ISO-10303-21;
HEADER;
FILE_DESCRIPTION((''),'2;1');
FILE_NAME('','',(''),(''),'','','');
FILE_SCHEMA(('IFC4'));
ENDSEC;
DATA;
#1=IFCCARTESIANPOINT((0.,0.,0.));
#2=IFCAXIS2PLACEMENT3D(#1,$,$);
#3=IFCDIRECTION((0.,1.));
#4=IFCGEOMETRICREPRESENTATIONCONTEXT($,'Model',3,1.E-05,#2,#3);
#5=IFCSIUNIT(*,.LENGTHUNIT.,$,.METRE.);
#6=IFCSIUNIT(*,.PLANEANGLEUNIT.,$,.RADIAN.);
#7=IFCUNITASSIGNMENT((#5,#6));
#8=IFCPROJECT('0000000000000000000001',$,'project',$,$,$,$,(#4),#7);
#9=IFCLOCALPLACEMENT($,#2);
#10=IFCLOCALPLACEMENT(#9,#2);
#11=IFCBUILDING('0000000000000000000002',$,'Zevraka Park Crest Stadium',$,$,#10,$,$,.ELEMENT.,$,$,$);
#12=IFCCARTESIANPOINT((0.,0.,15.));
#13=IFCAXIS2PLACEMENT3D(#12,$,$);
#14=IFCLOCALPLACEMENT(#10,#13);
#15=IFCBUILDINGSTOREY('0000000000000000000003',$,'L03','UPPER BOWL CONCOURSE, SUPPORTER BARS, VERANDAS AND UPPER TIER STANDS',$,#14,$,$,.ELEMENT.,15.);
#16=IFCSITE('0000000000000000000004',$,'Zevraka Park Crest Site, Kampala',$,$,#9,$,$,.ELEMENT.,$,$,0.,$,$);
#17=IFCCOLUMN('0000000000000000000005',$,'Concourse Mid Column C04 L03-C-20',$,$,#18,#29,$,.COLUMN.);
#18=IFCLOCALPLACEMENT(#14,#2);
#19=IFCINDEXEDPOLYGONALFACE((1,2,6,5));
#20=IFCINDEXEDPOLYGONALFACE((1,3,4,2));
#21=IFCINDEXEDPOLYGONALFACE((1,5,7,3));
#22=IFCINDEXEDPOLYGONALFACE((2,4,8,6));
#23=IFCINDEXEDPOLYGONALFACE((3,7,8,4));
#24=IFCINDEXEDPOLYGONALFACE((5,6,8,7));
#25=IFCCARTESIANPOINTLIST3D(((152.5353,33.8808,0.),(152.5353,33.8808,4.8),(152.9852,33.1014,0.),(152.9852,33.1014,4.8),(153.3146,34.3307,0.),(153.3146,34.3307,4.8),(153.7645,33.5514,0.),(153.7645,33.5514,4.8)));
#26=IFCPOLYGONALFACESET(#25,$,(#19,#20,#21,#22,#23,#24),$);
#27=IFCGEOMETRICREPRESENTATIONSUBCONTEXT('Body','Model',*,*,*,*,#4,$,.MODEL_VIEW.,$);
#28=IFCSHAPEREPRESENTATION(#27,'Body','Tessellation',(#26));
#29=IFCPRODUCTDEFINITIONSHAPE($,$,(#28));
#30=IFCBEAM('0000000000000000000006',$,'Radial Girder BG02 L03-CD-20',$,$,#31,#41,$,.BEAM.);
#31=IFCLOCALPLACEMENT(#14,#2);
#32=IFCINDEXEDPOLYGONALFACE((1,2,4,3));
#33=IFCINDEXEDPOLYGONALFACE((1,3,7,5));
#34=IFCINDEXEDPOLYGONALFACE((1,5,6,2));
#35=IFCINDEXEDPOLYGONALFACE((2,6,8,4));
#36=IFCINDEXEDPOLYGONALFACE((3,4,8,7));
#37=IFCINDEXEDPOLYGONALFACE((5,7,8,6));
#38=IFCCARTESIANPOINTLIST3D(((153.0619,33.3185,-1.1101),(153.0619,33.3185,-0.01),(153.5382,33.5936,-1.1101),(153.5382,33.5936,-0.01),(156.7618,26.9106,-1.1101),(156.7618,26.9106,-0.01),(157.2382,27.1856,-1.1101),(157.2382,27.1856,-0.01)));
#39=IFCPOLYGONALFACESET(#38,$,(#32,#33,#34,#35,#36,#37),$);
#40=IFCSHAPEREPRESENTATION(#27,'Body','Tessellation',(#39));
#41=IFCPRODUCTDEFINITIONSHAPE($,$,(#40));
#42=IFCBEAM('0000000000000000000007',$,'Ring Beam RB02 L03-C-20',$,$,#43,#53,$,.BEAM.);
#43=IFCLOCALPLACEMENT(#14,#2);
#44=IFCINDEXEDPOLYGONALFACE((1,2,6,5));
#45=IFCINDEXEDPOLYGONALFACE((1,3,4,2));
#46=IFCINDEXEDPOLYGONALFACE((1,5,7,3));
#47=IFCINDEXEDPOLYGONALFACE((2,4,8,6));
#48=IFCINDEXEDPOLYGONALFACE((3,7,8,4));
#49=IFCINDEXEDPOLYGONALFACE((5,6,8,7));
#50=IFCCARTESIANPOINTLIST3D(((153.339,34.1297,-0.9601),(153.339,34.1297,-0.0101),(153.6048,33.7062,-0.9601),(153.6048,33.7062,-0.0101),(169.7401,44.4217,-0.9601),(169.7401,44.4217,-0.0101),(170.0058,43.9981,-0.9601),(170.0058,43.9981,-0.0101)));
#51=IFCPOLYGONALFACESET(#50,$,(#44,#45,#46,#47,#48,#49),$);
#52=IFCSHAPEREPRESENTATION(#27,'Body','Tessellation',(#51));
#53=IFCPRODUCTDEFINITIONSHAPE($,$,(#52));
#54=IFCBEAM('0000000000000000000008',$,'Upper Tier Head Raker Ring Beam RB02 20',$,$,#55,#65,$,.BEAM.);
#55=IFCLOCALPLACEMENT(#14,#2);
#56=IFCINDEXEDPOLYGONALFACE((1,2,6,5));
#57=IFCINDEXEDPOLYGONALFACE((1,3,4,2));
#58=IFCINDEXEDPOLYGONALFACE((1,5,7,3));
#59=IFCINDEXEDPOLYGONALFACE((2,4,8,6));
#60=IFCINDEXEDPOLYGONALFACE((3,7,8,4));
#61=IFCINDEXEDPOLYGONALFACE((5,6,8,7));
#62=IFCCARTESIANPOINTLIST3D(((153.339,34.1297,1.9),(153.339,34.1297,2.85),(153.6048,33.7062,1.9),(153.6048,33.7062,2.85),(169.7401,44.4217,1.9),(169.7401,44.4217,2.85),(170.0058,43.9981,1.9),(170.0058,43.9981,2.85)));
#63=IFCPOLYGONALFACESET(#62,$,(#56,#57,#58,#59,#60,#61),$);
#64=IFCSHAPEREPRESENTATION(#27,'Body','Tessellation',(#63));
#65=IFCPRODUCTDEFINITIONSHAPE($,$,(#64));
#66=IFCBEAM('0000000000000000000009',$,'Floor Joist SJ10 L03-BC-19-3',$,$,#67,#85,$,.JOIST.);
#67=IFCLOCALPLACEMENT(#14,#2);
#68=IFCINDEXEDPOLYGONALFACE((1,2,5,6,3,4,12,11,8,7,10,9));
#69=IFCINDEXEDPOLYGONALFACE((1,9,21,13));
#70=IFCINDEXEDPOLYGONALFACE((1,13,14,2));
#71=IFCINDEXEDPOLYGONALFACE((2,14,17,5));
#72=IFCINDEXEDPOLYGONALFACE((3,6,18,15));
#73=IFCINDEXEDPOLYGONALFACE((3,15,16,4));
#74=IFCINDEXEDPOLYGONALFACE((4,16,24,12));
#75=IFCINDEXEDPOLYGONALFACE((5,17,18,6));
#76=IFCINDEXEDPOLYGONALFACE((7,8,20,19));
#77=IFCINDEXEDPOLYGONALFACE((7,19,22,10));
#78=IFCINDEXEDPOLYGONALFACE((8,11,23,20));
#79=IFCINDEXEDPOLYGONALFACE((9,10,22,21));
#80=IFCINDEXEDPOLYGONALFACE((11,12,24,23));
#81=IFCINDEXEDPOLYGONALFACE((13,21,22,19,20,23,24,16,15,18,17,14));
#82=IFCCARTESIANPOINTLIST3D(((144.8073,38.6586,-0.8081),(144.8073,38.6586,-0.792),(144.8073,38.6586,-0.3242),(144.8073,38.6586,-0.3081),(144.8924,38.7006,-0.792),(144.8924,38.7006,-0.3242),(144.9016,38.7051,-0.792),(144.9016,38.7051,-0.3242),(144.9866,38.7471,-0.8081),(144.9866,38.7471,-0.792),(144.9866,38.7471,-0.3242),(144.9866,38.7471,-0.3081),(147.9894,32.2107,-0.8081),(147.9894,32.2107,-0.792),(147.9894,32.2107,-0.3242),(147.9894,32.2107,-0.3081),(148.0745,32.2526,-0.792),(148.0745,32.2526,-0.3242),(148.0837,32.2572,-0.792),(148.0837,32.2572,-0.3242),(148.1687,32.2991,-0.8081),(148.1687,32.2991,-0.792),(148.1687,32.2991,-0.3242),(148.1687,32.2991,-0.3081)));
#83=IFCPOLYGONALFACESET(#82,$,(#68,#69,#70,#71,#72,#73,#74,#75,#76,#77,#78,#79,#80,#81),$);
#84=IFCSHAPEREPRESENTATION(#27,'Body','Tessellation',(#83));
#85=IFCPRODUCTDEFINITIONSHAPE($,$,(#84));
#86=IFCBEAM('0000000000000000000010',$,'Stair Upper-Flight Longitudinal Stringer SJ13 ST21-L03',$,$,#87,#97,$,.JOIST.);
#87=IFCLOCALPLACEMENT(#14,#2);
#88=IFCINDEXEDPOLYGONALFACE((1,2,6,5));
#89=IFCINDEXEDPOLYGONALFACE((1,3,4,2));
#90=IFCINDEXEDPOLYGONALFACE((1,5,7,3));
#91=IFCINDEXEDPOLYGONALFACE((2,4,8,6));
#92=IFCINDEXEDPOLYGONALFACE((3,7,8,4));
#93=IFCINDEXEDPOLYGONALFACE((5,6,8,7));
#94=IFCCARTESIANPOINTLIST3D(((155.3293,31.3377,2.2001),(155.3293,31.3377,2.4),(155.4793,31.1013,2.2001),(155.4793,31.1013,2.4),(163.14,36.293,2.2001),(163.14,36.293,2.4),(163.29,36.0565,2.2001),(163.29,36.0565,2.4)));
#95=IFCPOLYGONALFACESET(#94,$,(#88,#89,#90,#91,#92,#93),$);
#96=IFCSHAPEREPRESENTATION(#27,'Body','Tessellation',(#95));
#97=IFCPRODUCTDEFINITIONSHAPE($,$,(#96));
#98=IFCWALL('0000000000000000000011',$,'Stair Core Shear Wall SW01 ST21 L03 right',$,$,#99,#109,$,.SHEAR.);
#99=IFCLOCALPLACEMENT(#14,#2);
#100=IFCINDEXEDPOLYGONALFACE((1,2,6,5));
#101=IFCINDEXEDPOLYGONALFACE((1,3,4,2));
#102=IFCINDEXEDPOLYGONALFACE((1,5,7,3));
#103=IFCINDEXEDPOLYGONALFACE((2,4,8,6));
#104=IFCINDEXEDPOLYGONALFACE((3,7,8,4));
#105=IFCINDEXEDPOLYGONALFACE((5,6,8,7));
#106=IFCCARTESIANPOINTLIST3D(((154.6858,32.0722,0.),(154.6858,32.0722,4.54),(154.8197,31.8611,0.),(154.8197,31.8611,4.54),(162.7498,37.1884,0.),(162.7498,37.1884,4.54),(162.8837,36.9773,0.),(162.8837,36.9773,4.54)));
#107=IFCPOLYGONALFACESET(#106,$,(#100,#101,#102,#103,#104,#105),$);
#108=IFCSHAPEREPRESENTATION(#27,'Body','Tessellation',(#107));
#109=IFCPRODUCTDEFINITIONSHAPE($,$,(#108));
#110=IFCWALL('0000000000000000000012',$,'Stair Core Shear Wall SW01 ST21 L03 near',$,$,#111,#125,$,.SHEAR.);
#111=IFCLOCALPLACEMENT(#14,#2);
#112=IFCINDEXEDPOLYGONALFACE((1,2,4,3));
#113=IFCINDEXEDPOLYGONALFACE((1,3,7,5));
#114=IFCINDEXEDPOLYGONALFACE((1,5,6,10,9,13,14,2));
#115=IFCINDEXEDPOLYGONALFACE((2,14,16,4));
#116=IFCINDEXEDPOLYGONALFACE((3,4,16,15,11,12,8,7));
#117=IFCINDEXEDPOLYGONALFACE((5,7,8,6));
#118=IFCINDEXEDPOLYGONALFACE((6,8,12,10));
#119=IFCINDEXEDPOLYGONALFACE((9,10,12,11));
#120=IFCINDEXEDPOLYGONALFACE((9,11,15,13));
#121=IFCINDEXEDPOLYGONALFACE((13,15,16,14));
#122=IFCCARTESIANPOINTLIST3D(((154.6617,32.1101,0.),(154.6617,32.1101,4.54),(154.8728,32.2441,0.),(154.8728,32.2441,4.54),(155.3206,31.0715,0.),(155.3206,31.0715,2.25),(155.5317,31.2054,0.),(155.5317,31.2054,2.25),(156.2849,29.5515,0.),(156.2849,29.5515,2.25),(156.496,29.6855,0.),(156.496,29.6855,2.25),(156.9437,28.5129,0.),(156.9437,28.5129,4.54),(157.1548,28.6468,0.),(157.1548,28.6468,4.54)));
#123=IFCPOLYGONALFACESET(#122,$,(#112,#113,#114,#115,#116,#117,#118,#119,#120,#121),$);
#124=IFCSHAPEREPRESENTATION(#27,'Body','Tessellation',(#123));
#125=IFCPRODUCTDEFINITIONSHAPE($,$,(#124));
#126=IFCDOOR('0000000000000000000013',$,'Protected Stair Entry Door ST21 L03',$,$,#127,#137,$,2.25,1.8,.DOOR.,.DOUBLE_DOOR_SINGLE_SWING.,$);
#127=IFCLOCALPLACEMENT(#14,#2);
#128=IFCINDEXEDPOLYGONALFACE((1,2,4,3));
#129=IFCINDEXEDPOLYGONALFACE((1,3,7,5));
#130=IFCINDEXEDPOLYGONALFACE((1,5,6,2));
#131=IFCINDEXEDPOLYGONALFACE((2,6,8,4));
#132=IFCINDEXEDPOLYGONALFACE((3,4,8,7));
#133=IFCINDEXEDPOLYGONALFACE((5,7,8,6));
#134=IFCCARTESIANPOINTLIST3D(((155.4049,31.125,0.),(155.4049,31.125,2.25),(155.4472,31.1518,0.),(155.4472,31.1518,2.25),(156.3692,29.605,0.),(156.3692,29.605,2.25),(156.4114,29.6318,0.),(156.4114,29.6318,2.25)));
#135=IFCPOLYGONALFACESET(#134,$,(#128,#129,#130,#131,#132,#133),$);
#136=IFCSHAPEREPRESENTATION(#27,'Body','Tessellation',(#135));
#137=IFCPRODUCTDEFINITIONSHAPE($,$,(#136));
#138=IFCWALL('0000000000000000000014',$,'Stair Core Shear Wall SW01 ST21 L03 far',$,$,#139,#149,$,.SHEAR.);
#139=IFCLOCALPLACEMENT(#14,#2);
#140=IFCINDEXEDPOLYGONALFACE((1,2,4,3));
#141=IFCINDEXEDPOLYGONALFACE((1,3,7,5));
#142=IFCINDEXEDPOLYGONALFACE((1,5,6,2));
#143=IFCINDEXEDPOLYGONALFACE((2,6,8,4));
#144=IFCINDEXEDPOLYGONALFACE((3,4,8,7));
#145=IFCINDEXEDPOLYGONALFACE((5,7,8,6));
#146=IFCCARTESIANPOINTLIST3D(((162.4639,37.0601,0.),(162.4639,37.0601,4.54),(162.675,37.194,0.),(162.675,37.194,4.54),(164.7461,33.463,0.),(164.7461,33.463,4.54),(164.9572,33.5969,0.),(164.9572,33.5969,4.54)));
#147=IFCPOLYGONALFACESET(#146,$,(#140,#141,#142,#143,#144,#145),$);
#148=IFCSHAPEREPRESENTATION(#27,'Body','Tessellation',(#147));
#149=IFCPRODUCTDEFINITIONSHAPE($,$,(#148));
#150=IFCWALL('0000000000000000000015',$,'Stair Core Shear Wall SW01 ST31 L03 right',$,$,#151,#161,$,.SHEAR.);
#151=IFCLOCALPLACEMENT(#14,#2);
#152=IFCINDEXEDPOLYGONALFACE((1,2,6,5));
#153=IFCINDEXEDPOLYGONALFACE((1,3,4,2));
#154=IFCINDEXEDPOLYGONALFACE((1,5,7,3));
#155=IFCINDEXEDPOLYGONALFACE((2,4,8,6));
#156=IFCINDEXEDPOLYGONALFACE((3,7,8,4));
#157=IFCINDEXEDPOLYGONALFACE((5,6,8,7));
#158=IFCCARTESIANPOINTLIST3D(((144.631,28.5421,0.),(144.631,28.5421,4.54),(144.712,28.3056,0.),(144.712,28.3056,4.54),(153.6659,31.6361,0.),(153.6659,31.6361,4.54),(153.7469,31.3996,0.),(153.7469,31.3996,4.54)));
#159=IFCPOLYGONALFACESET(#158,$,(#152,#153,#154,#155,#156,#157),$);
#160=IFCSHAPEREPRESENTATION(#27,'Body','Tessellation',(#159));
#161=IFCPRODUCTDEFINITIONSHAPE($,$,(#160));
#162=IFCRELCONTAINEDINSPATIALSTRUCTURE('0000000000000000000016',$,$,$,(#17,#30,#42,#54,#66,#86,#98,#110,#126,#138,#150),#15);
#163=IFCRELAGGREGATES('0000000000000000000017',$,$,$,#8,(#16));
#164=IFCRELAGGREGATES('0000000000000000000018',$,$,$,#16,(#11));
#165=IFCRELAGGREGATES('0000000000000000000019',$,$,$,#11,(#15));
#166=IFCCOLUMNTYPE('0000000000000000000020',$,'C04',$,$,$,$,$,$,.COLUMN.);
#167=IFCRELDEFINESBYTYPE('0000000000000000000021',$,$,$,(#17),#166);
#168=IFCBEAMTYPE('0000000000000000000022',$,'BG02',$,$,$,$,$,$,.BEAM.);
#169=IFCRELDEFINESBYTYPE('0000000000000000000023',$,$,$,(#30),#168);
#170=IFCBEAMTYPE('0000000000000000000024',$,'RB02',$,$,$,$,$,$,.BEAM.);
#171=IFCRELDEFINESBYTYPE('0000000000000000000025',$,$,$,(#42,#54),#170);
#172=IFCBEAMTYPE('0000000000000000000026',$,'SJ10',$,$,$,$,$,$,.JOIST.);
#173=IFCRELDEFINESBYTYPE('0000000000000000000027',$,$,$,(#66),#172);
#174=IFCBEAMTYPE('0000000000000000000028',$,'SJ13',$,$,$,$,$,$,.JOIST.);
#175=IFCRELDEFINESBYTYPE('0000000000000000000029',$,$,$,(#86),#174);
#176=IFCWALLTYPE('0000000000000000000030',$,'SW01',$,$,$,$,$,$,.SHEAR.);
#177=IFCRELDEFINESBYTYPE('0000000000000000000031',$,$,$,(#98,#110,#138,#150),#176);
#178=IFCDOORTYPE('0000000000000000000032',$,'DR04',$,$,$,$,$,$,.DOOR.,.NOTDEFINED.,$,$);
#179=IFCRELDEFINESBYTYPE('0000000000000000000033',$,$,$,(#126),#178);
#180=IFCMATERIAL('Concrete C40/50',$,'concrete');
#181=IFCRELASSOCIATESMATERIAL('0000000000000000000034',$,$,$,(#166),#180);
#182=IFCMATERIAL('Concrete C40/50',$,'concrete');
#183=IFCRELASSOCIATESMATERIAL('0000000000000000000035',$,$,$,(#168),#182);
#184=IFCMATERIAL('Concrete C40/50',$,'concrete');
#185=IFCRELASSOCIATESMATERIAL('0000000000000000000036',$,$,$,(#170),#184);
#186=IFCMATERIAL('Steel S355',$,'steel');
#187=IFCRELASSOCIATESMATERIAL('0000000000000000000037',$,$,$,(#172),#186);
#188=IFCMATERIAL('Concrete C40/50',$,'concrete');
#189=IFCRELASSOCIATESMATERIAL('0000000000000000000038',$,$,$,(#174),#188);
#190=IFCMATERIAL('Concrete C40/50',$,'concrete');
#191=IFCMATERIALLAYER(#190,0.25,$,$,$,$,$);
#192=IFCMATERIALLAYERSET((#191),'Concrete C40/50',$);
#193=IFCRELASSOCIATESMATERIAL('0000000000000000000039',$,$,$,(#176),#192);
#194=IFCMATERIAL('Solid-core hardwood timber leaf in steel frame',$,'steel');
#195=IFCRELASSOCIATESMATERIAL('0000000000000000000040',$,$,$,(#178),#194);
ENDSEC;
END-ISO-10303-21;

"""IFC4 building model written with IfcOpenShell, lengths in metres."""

from ifc_helpers import new_model, si_unit, direction, frame, frame_2d, origin, origin_2d, place, context, subcontext, project, spatial, rectangle, i_section, extrude, material, layer, layer_set, material_profile, profile_set, type_object, element, fill, save


model = new_model("IFC4")

# Units and contexts
model_context = context("Model", 3, precision=1e-05, world=origin(), true_north=direction((0.0, 1.0)))
body_context = subcontext(model_context, "Body", "Model", "MODEL_VIEW")
ifc_project = project(units=[si_unit("LENGTHUNIT", "METRE"), si_unit("PLANEANGLEUNIT", "RADIAN")], contexts=[model_context])

# Site, building, storey
site_placement = place(None, origin())
site = spatial("IfcSite", under=ifc_project, at=site_placement, Name="Zevraka Park Crest Site, Kampala", CompositionType="ELEMENT", RefElevation=0.0)
building_placement = place(site_placement, origin())
building = spatial("IfcBuilding", under=site, at=building_placement, Name="Zevraka Park Crest Stadium", CompositionType="ELEMENT")
storey_placement = place(building_placement, frame((0.0, 0.0, 15.0)))
storey = spatial("IfcBuildingStorey", under=building, at=storey_placement, Name="L03", Description="UPPER BOWL CONCOURSE, SUPPORTER BARS, VERANDAS AND UPPER TIER STANDS", CompositionType="ELEMENT", Elevation=15.0)

# Column
ifc_material_1 = material(Name="Concrete C40/50", Category="concrete")
ifc_material_profile_1 = material_profile(ifc_material_1, rectangle(XDim=0.8999, YDim=0.8999, at=origin_2d()), Name="RC 900x900")
ifc_profile_set_1 = profile_set([ifc_material_profile_1], Name="Concrete C40/50")
column_type = type_object("IfcColumnType", Name="C04", PredefinedType="COLUMN", material=ifc_profile_set_1)
column_placement = place(storey_placement, frame((153.1499, 33.7161, 0.0), z_axis=(0.0, 0.0, 1.0), x_axis=(-0.5, 0.866025, 0.0)))
element("IfcColumn", 1, at=column_placement, inside=storey, type_object=column_type, Name="Concourse Mid Column C04 L03-C-20", PredefinedType="COLUMN", context=body_context, shape_type="SweptSolid", body=[
    extrude(rectangle(XDim=0.8999, YDim=0.8999, at=origin_2d()), origin(), (0.0, 0.0, 1.0), 4.8),
])

# Beams
ifc_material_2 = material(Name="Concrete C40/50", Category="concrete")
ifc_material_profile_2 = material_profile(ifc_material_2, rectangle(XDim=0.55, YDim=1.1001, at=origin_2d()), Name="RC 1100x550")
ifc_profile_set_2 = profile_set([ifc_material_profile_2], Name="Concrete C40/50")
beam_type_1 = type_object("IfcBeamType", Name="BG02", PredefinedType="BEAM", material=ifc_profile_set_2)
beam_1_placement = place(storey_placement, frame((153.3, 33.4561, -0.5601), z_axis=(0.500032, -0.866007, 0.0), x_axis=(0.866007, 0.500032, 0.0)))
element("IfcBeam", 2, at=beam_1_placement, inside=storey, type_object=beam_type_1, Name="Radial Girder BG02 L03-CD-20", PredefinedType="BEAM", context=body_context, shape_type="SweptSolid", body=[
    extrude(rectangle(XDim=0.55, YDim=1.1001, at=origin_2d()), origin(), (0.0, 0.0, 1.0), 7.3994),
])
ifc_material_3 = material(Name="Concrete C40/50", Category="concrete")
ifc_material_profile_3 = material_profile(ifc_material_3, rectangle(XDim=0.5, YDim=0.95, at=origin_2d()), Name="RC 950x500")
ifc_profile_set_3 = profile_set([ifc_material_profile_3], Name="Concrete C40/50")
beam_type_2 = type_object("IfcBeamType", Name="RB02", PredefinedType="BEAM", material=ifc_profile_set_3)
for number, where, z_axis, x_axis, name in (
    (3, (153.4719, 33.918, -0.4851), (0.847039, 0.531532, 0.0), (-0.531532, 0.847039, 0.0), "Ring Beam RB02 L03-C-20"),
    (4, (153.4719, 33.918, 2.375), (0.847039, 0.531532, 0.0), (-0.531532, 0.847039, 0.0), "Upper Tier Head Raker Ring Beam RB02 20"),
):
    element("IfcBeam", number, at=place(storey_placement, frame(where, z_axis=z_axis, x_axis=x_axis)), inside=storey, type_object=beam_type_2, Name=name, PredefinedType="BEAM", context=body_context, shape_type="SweptSolid", body=[
        extrude(rectangle(XDim=0.5, YDim=0.95, at=origin_2d()), origin(), (0.0, 0.0, 1.0), 19.3628),
    ])
ifc_material_4 = material(Name="Steel S355", Category="steel")
ifc_material_profile_4 = material_profile(ifc_material_4, i_section(OverallWidth=0.2, OverallDepth=0.5, WebThickness=0.0103, FlangeThickness=0.0161, at=origin_2d()), Name="IPE 500")
ifc_profile_set_4 = profile_set([ifc_material_profile_4], Name="Steel S355")
beam_type_3 = type_object("IfcBeamType", Name="SJ10", PredefinedType="JOIST", material=ifc_profile_set_4)
beam_2_placement = place(storey_placement, frame((144.897, 38.7029, -0.5581), z_axis=(0.442549, -0.896744, 0.0), x_axis=(0.896744, 0.442549, 0.0)))
element("IfcBeam", 5, at=beam_2_placement, inside=storey, type_object=beam_type_3, Name="Floor Joist SJ10 L03-BC-19-3", PredefinedType="JOIST", context=body_context, shape_type="SweptSolid", body=[
    extrude(i_section(OverallWidth=0.2, OverallDepth=0.5, WebThickness=0.0103, FlangeThickness=0.0161, at=origin_2d()), origin(), (0.0, 0.0, 1.0), 7.1904),
])
ifc_material_5 = material(Name="Concrete C40/50", Category="concrete")
ifc_material_profile_5 = material_profile(ifc_material_5, rectangle(XDim=0.28, YDim=0.2, at=origin_2d()), Name="RC 200x280")
ifc_profile_set_5 = profile_set([ifc_material_profile_5], Name="Concrete C40/50")
beam_type_4 = type_object("IfcBeamType", Name="SJ13", PredefinedType="JOIST", material=ifc_profile_set_5)
beam_3_placement = place(storey_placement, frame((155.4043, 31.2195, 2.3), z_axis=(0.844404, 0.535707, 0.0), x_axis=(-0.535707, 0.844404, 0.0)))
element("IfcBeam", 6, at=beam_3_placement, inside=storey, type_object=beam_type_4, Name="Stair Upper-Flight Longitudinal Stringer SJ13 ST21-L03", PredefinedType="JOIST", context=body_context, shape_type="SweptSolid", body=[
    extrude(rectangle(XDim=0.28, YDim=0.2, at=origin_2d()), origin(), (0.0, 0.0, 1.0), 9.25),
])

# Wall
ifc_material_6 = material(Name="Concrete C40/50", Category="concrete")
ifc_layer = layer(ifc_material_6, 0.25)
ifc_layer_set = layer_set([ifc_layer], Name="Concrete C40/50")
wall_type = type_object("IfcWallType", Name="SW01", PredefinedType="SHEAR", material=ifc_layer_set)
wall_1_placement = place(storey_placement, frame((162.8167, 37.0828, 0.0), z_axis=(0.0, 0.0, 1.0), x_axis=(-0.844391, -0.535727, 0.0)))
element("IfcWall", 7, at=wall_1_placement, inside=storey, type_object=wall_type, Name="Stair Core Shear Wall SW01 ST21 L03 right", PredefinedType="SHEAR", context=body_context, shape_type="SweptSolid", body=[
    extrude(rectangle(XDim=9.55, YDim=0.25, at=frame_2d((4.7749, 0.0))), origin(), (0.0, 0.0, 1.0), 4.54),
])

# Wall, opening, door
wall_2_placement = place(storey_placement, frame((154.7673, 32.177, 0.0), z_axis=(0.0, 0.0, 1.0), x_axis=(0.535685, -0.844418, 0.0)))
wall_2 = element("IfcWall", 8, at=wall_2_placement, inside=storey, type_object=wall_type, Name="Stair Core Shear Wall SW01 ST21 L03 near", PredefinedType="SHEAR", context=body_context, shape_type="SweptSolid", body=[
    extrude(rectangle(XDim=4.26, YDim=0.25, at=frame_2d((2.1299, 0.0))), origin(), (0.0, 0.0, 1.0), 4.54),
])
opening_1_placement = place(wall_2_placement, frame((1.23, 0.0, 0.0)))
opening_1 = element("IfcOpeningElement", 9, at=opening_1_placement, cuts=wall_2, PredefinedType="OPENING", context=body_context, shape_type="SweptSolid", body=[
    extrude(rectangle(XDim=1.8, YDim=2.25, at=frame_2d((0.8999, 1.125))), frame((0.0, 0.135, 0.0), z_axis=(0.0, -1.0, 0.0), x_axis=(1.0, 0.0, 0.0)), (0.0, 0.0, 1.0), 0.27),
])
ifc_material_7 = material(Name="Solid-core hardwood timber leaf in steel frame", Category="steel")
door_type = type_object("IfcDoorType", Name="DR04", OperationType="NOTDEFINED", PredefinedType="DOOR", material=ifc_material_7)
door_1_placement = place(opening_1_placement, origin())
door_1 = element("IfcDoor", 10, at=door_1_placement, inside=storey, type_object=door_type, Name="Protected Stair Entry Door ST21 L03", OperationType="DOUBLE_DOOR_SINGLE_SWING", OverallHeight=2.25, OverallWidth=1.8, PredefinedType="DOOR", context=body_context, shape_type="SweptSolid", body=[
    extrude(rectangle(XDim=1.8, YDim=2.25, at=frame_2d((0.8999, 1.125))), frame((0.0, 0.0249, 0.0), z_axis=(0.0, -1.0, 0.0), x_axis=(1.0, 0.0, 0.0)), (0.0, 0.0, 1.0), 0.05),
])
fill(opening_1, door_1)

# Walls
wall_3_placement = place(storey_placement, frame((164.8516, 33.53, 0.0), z_axis=(0.0, 0.0, 1.0), x_axis=(-0.535725, 0.844392, 0.0)))
element("IfcWall", 11, at=wall_3_placement, inside=storey, type_object=wall_type, Name="Stair Core Shear Wall SW01 ST21 L03 far", PredefinedType="SHEAR", context=body_context, shape_type="SweptSolid", body=[
    extrude(rectangle(XDim=4.26, YDim=0.25, at=frame_2d((2.1299, 0.0))), origin(), (0.0, 0.0, 1.0), 4.54),
])
wall_4_placement = place(storey_placement, frame((153.7063, 31.5178, 0.0), z_axis=(0.0, 0.0, 1.0), x_axis=(-0.946064, -0.323979, 0.0)))
element("IfcWall", 12, at=wall_4_placement, inside=storey, type_object=wall_type, Name="Stair Core Shear Wall SW01 ST31 L03 right", PredefinedType="SHEAR", context=body_context, shape_type="SweptSolid", body=[
    extrude(rectangle(XDim=9.55, YDim=0.25, at=frame_2d((4.7749, 0.0))), origin(), (0.0, 0.0, 1.0), 4.54),
])

save(model, "model.ifc")
